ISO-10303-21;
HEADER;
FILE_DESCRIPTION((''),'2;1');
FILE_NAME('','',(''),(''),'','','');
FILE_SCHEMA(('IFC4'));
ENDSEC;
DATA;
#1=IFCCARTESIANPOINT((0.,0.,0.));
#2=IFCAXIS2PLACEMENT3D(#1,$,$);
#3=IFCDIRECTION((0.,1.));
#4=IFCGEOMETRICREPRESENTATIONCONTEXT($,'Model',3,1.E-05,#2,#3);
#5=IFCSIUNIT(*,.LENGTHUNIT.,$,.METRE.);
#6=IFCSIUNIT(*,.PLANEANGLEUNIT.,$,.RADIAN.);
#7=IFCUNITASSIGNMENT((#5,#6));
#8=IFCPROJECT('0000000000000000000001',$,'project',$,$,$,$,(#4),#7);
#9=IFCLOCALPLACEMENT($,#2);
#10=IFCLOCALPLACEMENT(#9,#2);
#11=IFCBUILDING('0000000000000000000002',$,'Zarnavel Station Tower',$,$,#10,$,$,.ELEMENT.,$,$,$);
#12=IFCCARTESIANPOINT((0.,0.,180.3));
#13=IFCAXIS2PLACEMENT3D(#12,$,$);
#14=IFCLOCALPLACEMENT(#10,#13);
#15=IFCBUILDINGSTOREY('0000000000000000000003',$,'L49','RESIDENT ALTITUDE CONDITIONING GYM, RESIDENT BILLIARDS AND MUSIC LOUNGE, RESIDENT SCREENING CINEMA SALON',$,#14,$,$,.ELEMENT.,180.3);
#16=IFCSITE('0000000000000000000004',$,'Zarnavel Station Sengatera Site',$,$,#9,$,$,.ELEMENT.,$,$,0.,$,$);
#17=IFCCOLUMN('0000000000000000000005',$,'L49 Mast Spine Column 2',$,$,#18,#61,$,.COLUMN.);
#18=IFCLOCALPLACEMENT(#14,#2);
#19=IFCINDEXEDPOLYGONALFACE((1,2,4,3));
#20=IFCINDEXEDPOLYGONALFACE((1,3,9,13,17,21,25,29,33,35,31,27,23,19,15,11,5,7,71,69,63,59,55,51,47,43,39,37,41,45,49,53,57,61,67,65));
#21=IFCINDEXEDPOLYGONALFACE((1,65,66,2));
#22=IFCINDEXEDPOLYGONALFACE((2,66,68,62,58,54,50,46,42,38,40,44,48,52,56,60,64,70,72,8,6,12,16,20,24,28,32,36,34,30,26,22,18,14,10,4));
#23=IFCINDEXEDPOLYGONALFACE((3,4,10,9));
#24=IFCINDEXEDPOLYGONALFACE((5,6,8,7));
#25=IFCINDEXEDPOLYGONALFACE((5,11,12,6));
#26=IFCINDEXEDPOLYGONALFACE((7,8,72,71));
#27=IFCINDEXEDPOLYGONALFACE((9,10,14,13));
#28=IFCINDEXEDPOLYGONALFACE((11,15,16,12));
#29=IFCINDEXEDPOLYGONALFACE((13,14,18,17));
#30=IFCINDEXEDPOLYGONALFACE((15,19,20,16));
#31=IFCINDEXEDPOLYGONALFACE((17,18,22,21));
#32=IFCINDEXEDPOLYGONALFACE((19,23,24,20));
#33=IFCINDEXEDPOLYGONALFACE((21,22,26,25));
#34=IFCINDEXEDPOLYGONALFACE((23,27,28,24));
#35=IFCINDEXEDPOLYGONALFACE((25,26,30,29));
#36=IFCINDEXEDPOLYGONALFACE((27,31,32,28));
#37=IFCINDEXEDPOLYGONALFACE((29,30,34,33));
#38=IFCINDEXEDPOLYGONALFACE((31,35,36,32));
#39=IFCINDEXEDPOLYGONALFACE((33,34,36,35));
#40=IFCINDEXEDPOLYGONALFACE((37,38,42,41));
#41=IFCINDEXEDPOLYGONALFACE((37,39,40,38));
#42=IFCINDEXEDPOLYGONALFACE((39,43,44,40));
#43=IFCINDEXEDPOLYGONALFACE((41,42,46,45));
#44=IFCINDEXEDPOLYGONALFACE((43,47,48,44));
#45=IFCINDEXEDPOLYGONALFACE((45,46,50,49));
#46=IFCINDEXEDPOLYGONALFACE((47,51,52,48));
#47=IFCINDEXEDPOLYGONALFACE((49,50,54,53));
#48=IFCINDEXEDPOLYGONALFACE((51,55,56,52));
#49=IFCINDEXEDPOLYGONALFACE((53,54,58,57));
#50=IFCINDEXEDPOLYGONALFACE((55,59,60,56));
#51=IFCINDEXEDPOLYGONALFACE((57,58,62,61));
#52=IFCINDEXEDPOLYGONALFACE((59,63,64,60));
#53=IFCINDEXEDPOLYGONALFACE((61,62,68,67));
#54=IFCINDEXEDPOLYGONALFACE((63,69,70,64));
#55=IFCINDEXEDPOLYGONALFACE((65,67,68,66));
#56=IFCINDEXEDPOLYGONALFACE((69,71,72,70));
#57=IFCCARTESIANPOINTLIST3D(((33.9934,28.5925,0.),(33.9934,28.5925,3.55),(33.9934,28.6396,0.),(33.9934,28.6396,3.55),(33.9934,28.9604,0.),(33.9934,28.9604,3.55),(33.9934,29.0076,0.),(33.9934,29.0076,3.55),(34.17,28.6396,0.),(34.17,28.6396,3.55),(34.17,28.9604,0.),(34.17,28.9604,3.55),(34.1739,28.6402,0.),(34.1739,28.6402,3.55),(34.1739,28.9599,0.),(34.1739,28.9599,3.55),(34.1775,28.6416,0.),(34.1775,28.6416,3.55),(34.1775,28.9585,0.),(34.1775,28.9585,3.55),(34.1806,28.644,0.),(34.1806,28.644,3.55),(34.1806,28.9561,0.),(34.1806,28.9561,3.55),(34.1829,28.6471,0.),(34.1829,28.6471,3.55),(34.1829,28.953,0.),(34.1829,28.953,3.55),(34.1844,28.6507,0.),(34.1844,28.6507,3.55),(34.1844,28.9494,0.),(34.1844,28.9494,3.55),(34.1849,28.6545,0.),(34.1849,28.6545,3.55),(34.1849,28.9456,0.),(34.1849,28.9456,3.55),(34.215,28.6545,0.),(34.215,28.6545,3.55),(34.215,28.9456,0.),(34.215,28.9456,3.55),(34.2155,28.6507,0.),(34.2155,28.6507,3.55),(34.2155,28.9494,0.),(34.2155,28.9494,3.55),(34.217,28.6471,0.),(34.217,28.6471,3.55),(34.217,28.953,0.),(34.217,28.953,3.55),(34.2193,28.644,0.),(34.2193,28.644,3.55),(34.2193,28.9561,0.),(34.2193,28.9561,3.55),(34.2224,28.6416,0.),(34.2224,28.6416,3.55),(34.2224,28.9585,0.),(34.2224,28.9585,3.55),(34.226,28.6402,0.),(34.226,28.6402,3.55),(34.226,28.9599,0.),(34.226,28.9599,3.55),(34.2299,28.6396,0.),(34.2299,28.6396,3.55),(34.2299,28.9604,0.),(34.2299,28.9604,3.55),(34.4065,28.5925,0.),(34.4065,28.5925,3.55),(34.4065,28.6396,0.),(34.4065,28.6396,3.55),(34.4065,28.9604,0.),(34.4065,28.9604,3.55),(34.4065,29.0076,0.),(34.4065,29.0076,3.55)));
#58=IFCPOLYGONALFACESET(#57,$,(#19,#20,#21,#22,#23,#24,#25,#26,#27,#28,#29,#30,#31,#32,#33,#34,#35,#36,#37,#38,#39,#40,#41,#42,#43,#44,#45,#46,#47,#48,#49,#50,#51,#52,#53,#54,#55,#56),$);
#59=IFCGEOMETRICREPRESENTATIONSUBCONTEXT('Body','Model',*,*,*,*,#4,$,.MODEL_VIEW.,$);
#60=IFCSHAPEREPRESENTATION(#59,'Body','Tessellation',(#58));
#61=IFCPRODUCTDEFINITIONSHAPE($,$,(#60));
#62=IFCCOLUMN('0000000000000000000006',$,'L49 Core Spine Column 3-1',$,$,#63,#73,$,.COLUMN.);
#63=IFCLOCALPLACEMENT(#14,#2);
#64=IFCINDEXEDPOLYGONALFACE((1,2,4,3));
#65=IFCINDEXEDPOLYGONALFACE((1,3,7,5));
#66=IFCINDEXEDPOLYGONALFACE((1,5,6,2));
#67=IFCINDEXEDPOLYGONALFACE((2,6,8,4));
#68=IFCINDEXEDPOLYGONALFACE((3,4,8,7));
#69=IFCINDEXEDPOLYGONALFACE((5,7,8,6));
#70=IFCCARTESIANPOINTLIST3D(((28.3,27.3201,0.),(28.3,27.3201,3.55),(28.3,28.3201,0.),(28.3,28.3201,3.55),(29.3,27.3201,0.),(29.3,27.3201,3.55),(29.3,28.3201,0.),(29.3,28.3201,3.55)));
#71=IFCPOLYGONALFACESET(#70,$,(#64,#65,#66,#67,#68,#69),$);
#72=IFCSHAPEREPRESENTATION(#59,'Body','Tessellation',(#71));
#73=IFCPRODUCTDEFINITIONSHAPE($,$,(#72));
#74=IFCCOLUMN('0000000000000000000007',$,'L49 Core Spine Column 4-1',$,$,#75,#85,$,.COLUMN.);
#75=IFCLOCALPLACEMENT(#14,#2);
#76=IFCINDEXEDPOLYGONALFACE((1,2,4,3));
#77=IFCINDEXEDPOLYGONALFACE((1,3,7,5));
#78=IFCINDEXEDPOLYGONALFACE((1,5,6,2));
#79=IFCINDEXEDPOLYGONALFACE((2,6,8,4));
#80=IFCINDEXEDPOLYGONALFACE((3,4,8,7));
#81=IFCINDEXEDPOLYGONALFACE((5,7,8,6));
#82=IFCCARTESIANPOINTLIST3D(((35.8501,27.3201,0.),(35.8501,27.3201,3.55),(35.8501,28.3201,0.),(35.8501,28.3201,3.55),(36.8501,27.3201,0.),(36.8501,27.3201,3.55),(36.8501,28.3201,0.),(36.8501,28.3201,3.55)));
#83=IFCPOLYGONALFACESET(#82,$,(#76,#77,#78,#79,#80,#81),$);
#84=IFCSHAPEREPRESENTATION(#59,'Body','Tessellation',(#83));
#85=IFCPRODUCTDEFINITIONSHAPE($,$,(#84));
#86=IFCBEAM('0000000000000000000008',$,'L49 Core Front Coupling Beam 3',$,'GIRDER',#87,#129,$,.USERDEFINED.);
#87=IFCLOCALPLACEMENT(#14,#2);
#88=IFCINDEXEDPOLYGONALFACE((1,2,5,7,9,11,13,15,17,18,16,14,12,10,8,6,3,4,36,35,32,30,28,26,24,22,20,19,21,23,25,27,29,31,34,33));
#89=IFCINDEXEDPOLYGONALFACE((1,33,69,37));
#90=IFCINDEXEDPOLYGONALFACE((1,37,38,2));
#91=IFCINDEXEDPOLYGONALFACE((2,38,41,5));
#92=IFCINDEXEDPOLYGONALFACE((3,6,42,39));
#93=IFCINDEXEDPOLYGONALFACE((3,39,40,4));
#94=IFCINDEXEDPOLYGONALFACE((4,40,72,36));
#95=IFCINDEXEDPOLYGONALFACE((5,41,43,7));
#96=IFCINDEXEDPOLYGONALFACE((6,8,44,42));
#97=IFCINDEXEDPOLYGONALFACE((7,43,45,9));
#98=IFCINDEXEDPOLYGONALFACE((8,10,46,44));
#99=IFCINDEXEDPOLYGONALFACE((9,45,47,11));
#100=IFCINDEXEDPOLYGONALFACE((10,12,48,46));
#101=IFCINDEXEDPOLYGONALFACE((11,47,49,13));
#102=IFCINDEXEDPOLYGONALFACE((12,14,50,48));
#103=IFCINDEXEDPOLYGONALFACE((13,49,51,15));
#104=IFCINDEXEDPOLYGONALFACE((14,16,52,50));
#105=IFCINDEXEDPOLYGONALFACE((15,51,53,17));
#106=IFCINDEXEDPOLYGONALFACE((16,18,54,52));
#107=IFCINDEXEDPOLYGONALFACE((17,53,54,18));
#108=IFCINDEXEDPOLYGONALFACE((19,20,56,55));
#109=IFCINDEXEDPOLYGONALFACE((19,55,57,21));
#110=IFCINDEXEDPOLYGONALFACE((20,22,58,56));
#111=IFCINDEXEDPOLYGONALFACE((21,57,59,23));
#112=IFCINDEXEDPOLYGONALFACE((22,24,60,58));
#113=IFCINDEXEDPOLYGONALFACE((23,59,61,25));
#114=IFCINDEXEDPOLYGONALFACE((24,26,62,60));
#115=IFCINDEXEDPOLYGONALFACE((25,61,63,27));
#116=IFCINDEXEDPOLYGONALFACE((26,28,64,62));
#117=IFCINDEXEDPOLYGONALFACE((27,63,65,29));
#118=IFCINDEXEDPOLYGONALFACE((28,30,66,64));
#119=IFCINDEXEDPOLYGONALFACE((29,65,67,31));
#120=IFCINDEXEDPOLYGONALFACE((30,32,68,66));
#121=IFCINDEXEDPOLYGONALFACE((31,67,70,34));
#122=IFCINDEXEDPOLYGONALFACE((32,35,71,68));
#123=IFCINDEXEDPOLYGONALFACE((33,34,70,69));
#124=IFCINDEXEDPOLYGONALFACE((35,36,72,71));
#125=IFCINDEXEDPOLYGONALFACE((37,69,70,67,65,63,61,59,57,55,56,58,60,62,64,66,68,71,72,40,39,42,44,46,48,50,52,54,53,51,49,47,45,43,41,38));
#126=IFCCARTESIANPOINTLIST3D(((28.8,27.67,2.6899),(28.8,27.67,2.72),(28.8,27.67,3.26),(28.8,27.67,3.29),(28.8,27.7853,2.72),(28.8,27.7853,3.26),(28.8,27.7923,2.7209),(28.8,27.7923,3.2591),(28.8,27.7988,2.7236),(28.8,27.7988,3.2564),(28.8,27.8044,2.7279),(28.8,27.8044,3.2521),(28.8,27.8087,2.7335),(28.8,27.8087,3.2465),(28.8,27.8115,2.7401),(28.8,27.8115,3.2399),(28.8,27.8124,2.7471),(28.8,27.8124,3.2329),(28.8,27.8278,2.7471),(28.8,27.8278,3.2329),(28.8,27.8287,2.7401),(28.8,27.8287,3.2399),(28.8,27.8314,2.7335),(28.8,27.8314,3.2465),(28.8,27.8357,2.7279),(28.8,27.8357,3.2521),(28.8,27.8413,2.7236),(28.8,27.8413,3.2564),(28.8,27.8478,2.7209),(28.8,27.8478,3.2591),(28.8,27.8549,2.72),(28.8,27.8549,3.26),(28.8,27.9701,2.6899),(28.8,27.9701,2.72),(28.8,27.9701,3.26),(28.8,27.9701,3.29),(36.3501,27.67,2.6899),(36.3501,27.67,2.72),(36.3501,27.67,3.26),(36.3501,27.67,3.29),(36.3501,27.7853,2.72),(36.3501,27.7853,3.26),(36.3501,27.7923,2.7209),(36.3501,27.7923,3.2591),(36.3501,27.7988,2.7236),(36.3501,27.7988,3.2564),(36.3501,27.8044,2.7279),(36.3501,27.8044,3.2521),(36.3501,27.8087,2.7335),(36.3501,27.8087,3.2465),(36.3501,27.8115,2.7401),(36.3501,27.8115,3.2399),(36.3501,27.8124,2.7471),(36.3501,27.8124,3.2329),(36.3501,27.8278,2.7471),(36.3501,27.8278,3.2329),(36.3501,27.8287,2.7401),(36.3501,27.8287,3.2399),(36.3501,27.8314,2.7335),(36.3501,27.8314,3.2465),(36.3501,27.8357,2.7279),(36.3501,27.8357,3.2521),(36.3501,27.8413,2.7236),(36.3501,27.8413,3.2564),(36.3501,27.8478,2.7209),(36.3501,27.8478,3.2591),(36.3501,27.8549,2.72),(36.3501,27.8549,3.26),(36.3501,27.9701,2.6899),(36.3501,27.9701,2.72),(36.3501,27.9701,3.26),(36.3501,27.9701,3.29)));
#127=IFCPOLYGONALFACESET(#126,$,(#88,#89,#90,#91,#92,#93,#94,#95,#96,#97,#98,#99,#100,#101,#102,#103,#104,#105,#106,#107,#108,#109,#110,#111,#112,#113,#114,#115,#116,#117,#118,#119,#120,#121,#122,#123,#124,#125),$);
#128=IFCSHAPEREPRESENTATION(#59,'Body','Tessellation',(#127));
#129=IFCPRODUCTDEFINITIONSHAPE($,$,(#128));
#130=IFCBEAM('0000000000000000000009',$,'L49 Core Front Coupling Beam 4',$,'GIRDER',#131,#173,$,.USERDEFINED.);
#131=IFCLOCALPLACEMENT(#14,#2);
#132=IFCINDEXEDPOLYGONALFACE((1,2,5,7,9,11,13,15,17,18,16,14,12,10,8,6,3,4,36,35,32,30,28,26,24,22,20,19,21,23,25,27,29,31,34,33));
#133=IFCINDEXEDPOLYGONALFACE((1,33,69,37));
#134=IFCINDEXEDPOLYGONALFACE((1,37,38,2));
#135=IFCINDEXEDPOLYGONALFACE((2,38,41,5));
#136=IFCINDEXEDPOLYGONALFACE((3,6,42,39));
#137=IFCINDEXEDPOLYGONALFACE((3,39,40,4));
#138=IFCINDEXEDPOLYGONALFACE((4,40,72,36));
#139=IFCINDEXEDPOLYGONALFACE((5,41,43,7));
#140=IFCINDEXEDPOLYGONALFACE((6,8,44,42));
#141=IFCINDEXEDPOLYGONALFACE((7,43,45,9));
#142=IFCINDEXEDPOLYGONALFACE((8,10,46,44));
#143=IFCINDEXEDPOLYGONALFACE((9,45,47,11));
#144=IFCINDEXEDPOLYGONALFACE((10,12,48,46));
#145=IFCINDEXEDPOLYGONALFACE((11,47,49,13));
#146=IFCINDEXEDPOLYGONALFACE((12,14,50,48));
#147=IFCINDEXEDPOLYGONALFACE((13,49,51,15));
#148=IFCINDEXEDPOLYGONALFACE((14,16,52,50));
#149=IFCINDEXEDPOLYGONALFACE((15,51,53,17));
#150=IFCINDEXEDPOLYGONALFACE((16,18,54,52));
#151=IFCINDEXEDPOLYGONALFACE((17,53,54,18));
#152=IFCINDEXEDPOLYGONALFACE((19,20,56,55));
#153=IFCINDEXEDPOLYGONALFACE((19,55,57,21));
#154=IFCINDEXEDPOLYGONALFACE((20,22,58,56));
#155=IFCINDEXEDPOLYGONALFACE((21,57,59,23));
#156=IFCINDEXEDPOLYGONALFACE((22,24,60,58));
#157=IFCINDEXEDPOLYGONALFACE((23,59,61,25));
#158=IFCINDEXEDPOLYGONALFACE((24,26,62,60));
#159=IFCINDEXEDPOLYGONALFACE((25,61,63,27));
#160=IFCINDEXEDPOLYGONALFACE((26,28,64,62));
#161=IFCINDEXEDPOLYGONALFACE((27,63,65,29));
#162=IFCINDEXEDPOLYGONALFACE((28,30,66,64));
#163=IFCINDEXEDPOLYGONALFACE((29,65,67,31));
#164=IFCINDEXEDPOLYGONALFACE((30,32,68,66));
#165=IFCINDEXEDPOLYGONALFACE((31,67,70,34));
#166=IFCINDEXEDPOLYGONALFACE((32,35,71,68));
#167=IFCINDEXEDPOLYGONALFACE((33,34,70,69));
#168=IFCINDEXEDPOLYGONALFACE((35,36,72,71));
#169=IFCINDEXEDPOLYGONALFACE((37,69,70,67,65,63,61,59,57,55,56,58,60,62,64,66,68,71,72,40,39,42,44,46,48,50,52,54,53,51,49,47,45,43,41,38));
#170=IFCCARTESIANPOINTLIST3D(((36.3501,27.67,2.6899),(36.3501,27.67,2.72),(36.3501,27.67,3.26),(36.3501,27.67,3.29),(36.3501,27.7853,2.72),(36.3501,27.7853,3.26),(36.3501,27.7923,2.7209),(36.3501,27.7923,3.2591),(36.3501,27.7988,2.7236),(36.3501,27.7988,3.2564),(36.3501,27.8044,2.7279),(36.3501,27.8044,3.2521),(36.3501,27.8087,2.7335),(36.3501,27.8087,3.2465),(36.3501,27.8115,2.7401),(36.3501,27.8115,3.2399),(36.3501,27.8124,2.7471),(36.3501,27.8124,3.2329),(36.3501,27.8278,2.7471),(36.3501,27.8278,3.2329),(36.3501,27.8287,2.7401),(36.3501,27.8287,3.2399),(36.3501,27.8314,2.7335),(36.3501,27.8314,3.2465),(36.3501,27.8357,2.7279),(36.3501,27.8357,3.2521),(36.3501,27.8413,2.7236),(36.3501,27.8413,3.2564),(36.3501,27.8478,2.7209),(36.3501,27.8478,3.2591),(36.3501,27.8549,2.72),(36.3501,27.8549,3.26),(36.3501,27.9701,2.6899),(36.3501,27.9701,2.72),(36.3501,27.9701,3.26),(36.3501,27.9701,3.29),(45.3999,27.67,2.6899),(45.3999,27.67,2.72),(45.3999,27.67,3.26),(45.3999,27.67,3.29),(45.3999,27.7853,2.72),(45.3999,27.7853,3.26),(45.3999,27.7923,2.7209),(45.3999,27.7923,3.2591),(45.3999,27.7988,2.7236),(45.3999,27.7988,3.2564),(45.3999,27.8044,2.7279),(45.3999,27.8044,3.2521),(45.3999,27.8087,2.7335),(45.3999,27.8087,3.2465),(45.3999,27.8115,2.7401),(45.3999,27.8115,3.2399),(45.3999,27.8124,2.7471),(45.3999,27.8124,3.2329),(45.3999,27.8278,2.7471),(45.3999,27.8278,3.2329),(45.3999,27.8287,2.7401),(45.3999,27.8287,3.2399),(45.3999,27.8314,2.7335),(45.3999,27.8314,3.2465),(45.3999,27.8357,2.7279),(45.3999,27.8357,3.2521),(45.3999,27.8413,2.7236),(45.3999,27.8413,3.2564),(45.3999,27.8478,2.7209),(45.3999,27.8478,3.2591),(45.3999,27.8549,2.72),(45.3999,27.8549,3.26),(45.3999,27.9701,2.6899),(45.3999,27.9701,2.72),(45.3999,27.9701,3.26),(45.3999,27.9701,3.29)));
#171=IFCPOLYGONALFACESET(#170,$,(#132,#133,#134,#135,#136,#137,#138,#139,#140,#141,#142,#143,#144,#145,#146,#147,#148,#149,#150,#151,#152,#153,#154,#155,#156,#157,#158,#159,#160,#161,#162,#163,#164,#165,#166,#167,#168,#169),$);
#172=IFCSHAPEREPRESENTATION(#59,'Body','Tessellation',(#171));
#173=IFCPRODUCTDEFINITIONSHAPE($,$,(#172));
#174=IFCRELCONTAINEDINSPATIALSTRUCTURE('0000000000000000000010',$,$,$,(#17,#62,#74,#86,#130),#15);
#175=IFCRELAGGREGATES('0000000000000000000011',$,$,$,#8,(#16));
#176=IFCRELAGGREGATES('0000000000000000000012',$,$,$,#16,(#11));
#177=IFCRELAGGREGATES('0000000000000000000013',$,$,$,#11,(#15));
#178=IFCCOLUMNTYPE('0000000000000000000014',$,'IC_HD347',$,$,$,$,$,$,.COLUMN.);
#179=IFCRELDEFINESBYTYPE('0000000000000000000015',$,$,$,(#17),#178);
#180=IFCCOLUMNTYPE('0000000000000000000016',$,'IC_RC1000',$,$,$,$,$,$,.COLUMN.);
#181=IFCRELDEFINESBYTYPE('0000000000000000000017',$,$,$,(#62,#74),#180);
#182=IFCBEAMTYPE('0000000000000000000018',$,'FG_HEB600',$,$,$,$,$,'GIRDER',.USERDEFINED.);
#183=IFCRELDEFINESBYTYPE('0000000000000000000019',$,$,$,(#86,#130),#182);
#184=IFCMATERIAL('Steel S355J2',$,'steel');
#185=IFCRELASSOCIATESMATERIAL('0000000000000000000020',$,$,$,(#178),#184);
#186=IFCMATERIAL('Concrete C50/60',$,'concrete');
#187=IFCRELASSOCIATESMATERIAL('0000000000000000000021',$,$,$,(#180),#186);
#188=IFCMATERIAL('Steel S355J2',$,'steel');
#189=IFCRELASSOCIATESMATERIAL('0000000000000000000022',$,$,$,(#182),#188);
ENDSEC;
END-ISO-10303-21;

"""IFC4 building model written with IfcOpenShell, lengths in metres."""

from ifc_helpers import new_model, si_unit, direction, frame, origin, origin_2d, place, context, subcontext, project, spatial, rectangle, i_section, extrude, material, material_profile, profile_set, type_object, element, save


model = new_model("IFC4")

# Units and contexts
model_context = context("Model", 3, precision=1e-05, world=origin(), true_north=direction((0.0, 1.0)))
body_context = subcontext(model_context, "Body", "Model", "MODEL_VIEW")
ifc_project = project(units=[si_unit("LENGTHUNIT", "METRE"), si_unit("PLANEANGLEUNIT", "RADIAN")], contexts=[model_context])

# Site, building, storey
site_placement = place(None, origin())
site = spatial("IfcSite", under=ifc_project, at=site_placement, Name="Zarnavel Station Sengatera Site", CompositionType="ELEMENT", RefElevation=0.0)
building_placement = place(site_placement, origin())
building = spatial("IfcBuilding", under=site, at=building_placement, Name="Zarnavel Station Tower", CompositionType="ELEMENT")
storey_placement = place(building_placement, frame((0.0, 0.0, 180.3)))
storey = spatial("IfcBuildingStorey", under=building, at=storey_placement, Name="L49", Description="RESIDENT ALTITUDE CONDITIONING GYM, RESIDENT BILLIARDS AND MUSIC LOUNGE, RESIDENT SCREENING CINEMA SALON", CompositionType="ELEMENT", Elevation=180.3)

# Columns
ifc_material_1 = material(Name="Steel S355J2", Category="steel")
ifc_material_profile_1 = material_profile(ifc_material_1, i_section(OverallWidth=0.4131, OverallDepth=0.415, WebThickness=0.03, FlangeThickness=0.0471, FilletRadius=0.0149, at=origin_2d()), Name="HD400x347")
ifc_profile_set_1 = profile_set([ifc_material_profile_1], Name="Steel S355J2")
column_type_1 = type_object("IfcColumnType", Name="IC_HD347", PredefinedType="COLUMN", material=ifc_profile_set_1)
column_placement = place(storey_placement, frame((34.2, 28.8, 0.0), z_axis=(0.0, 0.0, 1.0), x_axis=(1.0, 0.0, 0.0)))
element("IfcColumn", 1, at=column_placement, inside=storey, type_object=column_type_1, Name="L49 Mast Spine Column 2", PredefinedType="COLUMN", context=body_context, shape_type="SweptSolid", body=[
    extrude(i_section(OverallWidth=0.4131, OverallDepth=0.415, WebThickness=0.03, FlangeThickness=0.0471, FilletRadius=0.0149, at=origin_2d()), origin(), (0.0, 0.0, 1.0), 3.55),
])
ifc_material_2 = material(Name="Concrete C50/60", Category="concrete")
ifc_material_profile_2 = material_profile(ifc_material_2, rectangle(XDim=1.0, YDim=1.0, at=origin_2d()), Name="RC1000x1000")
ifc_profile_set_2 = profile_set([ifc_material_profile_2], Name="Concrete C50/60")
column_type_2 = type_object("IfcColumnType", Name="IC_RC1000", PredefinedType="COLUMN", material=ifc_profile_set_2)
for number, where, z_axis, x_axis, name in (
    (2, (28.8, 27.8201, 0.0), (0.0, 0.0, 1.0), (1.0, 0.0, 0.0), "L49 Core Spine Column 3-1"),
    (3, (36.3501, 27.8201, 0.0), (0.0, 0.0, 1.0), (1.0, 0.0, 0.0), "L49 Core Spine Column 4-1"),
):
    element("IfcColumn", number, at=place(storey_placement, frame(where, z_axis=z_axis, x_axis=x_axis)), inside=storey, type_object=column_type_2, Name=name, PredefinedType="COLUMN", context=body_context, shape_type="SweptSolid", body=[
        extrude(rectangle(XDim=1.0, YDim=1.0, at=origin_2d()), origin(), (0.0, 0.0, 1.0), 3.55),
    ])

# Beams
ifc_material_3 = material(Name="Steel S355J2", Category="steel")
ifc_material_profile_3 = material_profile(ifc_material_3, i_section(OverallWidth=0.3, OverallDepth=0.6001, WebThickness=0.0154, FlangeThickness=0.03, FilletRadius=0.0271, at=origin_2d()), Name="HEB600")
ifc_profile_set_3 = profile_set([ifc_material_profile_3], Name="Steel S355J2")
beam_type_1 = type_object("IfcBeamType", Name="FG_HEB600", ElementType="GIRDER", PredefinedType="USERDEFINED", material=ifc_profile_set_3)
beam_1_placement = place(storey_placement, frame((28.8, 27.8201, 2.99), z_axis=(1.0, 0.0, 0.0), x_axis=(0.0, 1.0, 0.0)))
element("IfcBeam", 4, at=beam_1_placement, inside=storey, type_object=beam_type_1, Name="L49 Core Front Coupling Beam 3", ObjectType="GIRDER", PredefinedType="USERDEFINED", context=body_context, shape_type="SweptSolid", body=[
    extrude(i_section(OverallWidth=0.3, OverallDepth=0.6001, WebThickness=0.0154, FlangeThickness=0.03, FilletRadius=0.0271, at=origin_2d()), origin(), (0.0, 0.0, 1.0), 7.55),
])
beam_2_placement = place(storey_placement, frame((36.3501, 27.8201, 2.99), z_axis=(1.0, 0.0, 0.0), x_axis=(0.0, 1.0, 0.0)))
element("IfcBeam", 5, at=beam_2_placement, inside=storey, type_object=beam_type_1, Name="L49 Core Front Coupling Beam 4", ObjectType="GIRDER", PredefinedType="USERDEFINED", context=body_context, shape_type="SweptSolid", body=[
    extrude(i_section(OverallWidth=0.3, OverallDepth=0.6001, WebThickness=0.0154, FlangeThickness=0.03, FilletRadius=0.0271, at=origin_2d()), origin(), (0.0, 0.0, 1.0), 9.0498),
])

save(model, "model.ifc")
